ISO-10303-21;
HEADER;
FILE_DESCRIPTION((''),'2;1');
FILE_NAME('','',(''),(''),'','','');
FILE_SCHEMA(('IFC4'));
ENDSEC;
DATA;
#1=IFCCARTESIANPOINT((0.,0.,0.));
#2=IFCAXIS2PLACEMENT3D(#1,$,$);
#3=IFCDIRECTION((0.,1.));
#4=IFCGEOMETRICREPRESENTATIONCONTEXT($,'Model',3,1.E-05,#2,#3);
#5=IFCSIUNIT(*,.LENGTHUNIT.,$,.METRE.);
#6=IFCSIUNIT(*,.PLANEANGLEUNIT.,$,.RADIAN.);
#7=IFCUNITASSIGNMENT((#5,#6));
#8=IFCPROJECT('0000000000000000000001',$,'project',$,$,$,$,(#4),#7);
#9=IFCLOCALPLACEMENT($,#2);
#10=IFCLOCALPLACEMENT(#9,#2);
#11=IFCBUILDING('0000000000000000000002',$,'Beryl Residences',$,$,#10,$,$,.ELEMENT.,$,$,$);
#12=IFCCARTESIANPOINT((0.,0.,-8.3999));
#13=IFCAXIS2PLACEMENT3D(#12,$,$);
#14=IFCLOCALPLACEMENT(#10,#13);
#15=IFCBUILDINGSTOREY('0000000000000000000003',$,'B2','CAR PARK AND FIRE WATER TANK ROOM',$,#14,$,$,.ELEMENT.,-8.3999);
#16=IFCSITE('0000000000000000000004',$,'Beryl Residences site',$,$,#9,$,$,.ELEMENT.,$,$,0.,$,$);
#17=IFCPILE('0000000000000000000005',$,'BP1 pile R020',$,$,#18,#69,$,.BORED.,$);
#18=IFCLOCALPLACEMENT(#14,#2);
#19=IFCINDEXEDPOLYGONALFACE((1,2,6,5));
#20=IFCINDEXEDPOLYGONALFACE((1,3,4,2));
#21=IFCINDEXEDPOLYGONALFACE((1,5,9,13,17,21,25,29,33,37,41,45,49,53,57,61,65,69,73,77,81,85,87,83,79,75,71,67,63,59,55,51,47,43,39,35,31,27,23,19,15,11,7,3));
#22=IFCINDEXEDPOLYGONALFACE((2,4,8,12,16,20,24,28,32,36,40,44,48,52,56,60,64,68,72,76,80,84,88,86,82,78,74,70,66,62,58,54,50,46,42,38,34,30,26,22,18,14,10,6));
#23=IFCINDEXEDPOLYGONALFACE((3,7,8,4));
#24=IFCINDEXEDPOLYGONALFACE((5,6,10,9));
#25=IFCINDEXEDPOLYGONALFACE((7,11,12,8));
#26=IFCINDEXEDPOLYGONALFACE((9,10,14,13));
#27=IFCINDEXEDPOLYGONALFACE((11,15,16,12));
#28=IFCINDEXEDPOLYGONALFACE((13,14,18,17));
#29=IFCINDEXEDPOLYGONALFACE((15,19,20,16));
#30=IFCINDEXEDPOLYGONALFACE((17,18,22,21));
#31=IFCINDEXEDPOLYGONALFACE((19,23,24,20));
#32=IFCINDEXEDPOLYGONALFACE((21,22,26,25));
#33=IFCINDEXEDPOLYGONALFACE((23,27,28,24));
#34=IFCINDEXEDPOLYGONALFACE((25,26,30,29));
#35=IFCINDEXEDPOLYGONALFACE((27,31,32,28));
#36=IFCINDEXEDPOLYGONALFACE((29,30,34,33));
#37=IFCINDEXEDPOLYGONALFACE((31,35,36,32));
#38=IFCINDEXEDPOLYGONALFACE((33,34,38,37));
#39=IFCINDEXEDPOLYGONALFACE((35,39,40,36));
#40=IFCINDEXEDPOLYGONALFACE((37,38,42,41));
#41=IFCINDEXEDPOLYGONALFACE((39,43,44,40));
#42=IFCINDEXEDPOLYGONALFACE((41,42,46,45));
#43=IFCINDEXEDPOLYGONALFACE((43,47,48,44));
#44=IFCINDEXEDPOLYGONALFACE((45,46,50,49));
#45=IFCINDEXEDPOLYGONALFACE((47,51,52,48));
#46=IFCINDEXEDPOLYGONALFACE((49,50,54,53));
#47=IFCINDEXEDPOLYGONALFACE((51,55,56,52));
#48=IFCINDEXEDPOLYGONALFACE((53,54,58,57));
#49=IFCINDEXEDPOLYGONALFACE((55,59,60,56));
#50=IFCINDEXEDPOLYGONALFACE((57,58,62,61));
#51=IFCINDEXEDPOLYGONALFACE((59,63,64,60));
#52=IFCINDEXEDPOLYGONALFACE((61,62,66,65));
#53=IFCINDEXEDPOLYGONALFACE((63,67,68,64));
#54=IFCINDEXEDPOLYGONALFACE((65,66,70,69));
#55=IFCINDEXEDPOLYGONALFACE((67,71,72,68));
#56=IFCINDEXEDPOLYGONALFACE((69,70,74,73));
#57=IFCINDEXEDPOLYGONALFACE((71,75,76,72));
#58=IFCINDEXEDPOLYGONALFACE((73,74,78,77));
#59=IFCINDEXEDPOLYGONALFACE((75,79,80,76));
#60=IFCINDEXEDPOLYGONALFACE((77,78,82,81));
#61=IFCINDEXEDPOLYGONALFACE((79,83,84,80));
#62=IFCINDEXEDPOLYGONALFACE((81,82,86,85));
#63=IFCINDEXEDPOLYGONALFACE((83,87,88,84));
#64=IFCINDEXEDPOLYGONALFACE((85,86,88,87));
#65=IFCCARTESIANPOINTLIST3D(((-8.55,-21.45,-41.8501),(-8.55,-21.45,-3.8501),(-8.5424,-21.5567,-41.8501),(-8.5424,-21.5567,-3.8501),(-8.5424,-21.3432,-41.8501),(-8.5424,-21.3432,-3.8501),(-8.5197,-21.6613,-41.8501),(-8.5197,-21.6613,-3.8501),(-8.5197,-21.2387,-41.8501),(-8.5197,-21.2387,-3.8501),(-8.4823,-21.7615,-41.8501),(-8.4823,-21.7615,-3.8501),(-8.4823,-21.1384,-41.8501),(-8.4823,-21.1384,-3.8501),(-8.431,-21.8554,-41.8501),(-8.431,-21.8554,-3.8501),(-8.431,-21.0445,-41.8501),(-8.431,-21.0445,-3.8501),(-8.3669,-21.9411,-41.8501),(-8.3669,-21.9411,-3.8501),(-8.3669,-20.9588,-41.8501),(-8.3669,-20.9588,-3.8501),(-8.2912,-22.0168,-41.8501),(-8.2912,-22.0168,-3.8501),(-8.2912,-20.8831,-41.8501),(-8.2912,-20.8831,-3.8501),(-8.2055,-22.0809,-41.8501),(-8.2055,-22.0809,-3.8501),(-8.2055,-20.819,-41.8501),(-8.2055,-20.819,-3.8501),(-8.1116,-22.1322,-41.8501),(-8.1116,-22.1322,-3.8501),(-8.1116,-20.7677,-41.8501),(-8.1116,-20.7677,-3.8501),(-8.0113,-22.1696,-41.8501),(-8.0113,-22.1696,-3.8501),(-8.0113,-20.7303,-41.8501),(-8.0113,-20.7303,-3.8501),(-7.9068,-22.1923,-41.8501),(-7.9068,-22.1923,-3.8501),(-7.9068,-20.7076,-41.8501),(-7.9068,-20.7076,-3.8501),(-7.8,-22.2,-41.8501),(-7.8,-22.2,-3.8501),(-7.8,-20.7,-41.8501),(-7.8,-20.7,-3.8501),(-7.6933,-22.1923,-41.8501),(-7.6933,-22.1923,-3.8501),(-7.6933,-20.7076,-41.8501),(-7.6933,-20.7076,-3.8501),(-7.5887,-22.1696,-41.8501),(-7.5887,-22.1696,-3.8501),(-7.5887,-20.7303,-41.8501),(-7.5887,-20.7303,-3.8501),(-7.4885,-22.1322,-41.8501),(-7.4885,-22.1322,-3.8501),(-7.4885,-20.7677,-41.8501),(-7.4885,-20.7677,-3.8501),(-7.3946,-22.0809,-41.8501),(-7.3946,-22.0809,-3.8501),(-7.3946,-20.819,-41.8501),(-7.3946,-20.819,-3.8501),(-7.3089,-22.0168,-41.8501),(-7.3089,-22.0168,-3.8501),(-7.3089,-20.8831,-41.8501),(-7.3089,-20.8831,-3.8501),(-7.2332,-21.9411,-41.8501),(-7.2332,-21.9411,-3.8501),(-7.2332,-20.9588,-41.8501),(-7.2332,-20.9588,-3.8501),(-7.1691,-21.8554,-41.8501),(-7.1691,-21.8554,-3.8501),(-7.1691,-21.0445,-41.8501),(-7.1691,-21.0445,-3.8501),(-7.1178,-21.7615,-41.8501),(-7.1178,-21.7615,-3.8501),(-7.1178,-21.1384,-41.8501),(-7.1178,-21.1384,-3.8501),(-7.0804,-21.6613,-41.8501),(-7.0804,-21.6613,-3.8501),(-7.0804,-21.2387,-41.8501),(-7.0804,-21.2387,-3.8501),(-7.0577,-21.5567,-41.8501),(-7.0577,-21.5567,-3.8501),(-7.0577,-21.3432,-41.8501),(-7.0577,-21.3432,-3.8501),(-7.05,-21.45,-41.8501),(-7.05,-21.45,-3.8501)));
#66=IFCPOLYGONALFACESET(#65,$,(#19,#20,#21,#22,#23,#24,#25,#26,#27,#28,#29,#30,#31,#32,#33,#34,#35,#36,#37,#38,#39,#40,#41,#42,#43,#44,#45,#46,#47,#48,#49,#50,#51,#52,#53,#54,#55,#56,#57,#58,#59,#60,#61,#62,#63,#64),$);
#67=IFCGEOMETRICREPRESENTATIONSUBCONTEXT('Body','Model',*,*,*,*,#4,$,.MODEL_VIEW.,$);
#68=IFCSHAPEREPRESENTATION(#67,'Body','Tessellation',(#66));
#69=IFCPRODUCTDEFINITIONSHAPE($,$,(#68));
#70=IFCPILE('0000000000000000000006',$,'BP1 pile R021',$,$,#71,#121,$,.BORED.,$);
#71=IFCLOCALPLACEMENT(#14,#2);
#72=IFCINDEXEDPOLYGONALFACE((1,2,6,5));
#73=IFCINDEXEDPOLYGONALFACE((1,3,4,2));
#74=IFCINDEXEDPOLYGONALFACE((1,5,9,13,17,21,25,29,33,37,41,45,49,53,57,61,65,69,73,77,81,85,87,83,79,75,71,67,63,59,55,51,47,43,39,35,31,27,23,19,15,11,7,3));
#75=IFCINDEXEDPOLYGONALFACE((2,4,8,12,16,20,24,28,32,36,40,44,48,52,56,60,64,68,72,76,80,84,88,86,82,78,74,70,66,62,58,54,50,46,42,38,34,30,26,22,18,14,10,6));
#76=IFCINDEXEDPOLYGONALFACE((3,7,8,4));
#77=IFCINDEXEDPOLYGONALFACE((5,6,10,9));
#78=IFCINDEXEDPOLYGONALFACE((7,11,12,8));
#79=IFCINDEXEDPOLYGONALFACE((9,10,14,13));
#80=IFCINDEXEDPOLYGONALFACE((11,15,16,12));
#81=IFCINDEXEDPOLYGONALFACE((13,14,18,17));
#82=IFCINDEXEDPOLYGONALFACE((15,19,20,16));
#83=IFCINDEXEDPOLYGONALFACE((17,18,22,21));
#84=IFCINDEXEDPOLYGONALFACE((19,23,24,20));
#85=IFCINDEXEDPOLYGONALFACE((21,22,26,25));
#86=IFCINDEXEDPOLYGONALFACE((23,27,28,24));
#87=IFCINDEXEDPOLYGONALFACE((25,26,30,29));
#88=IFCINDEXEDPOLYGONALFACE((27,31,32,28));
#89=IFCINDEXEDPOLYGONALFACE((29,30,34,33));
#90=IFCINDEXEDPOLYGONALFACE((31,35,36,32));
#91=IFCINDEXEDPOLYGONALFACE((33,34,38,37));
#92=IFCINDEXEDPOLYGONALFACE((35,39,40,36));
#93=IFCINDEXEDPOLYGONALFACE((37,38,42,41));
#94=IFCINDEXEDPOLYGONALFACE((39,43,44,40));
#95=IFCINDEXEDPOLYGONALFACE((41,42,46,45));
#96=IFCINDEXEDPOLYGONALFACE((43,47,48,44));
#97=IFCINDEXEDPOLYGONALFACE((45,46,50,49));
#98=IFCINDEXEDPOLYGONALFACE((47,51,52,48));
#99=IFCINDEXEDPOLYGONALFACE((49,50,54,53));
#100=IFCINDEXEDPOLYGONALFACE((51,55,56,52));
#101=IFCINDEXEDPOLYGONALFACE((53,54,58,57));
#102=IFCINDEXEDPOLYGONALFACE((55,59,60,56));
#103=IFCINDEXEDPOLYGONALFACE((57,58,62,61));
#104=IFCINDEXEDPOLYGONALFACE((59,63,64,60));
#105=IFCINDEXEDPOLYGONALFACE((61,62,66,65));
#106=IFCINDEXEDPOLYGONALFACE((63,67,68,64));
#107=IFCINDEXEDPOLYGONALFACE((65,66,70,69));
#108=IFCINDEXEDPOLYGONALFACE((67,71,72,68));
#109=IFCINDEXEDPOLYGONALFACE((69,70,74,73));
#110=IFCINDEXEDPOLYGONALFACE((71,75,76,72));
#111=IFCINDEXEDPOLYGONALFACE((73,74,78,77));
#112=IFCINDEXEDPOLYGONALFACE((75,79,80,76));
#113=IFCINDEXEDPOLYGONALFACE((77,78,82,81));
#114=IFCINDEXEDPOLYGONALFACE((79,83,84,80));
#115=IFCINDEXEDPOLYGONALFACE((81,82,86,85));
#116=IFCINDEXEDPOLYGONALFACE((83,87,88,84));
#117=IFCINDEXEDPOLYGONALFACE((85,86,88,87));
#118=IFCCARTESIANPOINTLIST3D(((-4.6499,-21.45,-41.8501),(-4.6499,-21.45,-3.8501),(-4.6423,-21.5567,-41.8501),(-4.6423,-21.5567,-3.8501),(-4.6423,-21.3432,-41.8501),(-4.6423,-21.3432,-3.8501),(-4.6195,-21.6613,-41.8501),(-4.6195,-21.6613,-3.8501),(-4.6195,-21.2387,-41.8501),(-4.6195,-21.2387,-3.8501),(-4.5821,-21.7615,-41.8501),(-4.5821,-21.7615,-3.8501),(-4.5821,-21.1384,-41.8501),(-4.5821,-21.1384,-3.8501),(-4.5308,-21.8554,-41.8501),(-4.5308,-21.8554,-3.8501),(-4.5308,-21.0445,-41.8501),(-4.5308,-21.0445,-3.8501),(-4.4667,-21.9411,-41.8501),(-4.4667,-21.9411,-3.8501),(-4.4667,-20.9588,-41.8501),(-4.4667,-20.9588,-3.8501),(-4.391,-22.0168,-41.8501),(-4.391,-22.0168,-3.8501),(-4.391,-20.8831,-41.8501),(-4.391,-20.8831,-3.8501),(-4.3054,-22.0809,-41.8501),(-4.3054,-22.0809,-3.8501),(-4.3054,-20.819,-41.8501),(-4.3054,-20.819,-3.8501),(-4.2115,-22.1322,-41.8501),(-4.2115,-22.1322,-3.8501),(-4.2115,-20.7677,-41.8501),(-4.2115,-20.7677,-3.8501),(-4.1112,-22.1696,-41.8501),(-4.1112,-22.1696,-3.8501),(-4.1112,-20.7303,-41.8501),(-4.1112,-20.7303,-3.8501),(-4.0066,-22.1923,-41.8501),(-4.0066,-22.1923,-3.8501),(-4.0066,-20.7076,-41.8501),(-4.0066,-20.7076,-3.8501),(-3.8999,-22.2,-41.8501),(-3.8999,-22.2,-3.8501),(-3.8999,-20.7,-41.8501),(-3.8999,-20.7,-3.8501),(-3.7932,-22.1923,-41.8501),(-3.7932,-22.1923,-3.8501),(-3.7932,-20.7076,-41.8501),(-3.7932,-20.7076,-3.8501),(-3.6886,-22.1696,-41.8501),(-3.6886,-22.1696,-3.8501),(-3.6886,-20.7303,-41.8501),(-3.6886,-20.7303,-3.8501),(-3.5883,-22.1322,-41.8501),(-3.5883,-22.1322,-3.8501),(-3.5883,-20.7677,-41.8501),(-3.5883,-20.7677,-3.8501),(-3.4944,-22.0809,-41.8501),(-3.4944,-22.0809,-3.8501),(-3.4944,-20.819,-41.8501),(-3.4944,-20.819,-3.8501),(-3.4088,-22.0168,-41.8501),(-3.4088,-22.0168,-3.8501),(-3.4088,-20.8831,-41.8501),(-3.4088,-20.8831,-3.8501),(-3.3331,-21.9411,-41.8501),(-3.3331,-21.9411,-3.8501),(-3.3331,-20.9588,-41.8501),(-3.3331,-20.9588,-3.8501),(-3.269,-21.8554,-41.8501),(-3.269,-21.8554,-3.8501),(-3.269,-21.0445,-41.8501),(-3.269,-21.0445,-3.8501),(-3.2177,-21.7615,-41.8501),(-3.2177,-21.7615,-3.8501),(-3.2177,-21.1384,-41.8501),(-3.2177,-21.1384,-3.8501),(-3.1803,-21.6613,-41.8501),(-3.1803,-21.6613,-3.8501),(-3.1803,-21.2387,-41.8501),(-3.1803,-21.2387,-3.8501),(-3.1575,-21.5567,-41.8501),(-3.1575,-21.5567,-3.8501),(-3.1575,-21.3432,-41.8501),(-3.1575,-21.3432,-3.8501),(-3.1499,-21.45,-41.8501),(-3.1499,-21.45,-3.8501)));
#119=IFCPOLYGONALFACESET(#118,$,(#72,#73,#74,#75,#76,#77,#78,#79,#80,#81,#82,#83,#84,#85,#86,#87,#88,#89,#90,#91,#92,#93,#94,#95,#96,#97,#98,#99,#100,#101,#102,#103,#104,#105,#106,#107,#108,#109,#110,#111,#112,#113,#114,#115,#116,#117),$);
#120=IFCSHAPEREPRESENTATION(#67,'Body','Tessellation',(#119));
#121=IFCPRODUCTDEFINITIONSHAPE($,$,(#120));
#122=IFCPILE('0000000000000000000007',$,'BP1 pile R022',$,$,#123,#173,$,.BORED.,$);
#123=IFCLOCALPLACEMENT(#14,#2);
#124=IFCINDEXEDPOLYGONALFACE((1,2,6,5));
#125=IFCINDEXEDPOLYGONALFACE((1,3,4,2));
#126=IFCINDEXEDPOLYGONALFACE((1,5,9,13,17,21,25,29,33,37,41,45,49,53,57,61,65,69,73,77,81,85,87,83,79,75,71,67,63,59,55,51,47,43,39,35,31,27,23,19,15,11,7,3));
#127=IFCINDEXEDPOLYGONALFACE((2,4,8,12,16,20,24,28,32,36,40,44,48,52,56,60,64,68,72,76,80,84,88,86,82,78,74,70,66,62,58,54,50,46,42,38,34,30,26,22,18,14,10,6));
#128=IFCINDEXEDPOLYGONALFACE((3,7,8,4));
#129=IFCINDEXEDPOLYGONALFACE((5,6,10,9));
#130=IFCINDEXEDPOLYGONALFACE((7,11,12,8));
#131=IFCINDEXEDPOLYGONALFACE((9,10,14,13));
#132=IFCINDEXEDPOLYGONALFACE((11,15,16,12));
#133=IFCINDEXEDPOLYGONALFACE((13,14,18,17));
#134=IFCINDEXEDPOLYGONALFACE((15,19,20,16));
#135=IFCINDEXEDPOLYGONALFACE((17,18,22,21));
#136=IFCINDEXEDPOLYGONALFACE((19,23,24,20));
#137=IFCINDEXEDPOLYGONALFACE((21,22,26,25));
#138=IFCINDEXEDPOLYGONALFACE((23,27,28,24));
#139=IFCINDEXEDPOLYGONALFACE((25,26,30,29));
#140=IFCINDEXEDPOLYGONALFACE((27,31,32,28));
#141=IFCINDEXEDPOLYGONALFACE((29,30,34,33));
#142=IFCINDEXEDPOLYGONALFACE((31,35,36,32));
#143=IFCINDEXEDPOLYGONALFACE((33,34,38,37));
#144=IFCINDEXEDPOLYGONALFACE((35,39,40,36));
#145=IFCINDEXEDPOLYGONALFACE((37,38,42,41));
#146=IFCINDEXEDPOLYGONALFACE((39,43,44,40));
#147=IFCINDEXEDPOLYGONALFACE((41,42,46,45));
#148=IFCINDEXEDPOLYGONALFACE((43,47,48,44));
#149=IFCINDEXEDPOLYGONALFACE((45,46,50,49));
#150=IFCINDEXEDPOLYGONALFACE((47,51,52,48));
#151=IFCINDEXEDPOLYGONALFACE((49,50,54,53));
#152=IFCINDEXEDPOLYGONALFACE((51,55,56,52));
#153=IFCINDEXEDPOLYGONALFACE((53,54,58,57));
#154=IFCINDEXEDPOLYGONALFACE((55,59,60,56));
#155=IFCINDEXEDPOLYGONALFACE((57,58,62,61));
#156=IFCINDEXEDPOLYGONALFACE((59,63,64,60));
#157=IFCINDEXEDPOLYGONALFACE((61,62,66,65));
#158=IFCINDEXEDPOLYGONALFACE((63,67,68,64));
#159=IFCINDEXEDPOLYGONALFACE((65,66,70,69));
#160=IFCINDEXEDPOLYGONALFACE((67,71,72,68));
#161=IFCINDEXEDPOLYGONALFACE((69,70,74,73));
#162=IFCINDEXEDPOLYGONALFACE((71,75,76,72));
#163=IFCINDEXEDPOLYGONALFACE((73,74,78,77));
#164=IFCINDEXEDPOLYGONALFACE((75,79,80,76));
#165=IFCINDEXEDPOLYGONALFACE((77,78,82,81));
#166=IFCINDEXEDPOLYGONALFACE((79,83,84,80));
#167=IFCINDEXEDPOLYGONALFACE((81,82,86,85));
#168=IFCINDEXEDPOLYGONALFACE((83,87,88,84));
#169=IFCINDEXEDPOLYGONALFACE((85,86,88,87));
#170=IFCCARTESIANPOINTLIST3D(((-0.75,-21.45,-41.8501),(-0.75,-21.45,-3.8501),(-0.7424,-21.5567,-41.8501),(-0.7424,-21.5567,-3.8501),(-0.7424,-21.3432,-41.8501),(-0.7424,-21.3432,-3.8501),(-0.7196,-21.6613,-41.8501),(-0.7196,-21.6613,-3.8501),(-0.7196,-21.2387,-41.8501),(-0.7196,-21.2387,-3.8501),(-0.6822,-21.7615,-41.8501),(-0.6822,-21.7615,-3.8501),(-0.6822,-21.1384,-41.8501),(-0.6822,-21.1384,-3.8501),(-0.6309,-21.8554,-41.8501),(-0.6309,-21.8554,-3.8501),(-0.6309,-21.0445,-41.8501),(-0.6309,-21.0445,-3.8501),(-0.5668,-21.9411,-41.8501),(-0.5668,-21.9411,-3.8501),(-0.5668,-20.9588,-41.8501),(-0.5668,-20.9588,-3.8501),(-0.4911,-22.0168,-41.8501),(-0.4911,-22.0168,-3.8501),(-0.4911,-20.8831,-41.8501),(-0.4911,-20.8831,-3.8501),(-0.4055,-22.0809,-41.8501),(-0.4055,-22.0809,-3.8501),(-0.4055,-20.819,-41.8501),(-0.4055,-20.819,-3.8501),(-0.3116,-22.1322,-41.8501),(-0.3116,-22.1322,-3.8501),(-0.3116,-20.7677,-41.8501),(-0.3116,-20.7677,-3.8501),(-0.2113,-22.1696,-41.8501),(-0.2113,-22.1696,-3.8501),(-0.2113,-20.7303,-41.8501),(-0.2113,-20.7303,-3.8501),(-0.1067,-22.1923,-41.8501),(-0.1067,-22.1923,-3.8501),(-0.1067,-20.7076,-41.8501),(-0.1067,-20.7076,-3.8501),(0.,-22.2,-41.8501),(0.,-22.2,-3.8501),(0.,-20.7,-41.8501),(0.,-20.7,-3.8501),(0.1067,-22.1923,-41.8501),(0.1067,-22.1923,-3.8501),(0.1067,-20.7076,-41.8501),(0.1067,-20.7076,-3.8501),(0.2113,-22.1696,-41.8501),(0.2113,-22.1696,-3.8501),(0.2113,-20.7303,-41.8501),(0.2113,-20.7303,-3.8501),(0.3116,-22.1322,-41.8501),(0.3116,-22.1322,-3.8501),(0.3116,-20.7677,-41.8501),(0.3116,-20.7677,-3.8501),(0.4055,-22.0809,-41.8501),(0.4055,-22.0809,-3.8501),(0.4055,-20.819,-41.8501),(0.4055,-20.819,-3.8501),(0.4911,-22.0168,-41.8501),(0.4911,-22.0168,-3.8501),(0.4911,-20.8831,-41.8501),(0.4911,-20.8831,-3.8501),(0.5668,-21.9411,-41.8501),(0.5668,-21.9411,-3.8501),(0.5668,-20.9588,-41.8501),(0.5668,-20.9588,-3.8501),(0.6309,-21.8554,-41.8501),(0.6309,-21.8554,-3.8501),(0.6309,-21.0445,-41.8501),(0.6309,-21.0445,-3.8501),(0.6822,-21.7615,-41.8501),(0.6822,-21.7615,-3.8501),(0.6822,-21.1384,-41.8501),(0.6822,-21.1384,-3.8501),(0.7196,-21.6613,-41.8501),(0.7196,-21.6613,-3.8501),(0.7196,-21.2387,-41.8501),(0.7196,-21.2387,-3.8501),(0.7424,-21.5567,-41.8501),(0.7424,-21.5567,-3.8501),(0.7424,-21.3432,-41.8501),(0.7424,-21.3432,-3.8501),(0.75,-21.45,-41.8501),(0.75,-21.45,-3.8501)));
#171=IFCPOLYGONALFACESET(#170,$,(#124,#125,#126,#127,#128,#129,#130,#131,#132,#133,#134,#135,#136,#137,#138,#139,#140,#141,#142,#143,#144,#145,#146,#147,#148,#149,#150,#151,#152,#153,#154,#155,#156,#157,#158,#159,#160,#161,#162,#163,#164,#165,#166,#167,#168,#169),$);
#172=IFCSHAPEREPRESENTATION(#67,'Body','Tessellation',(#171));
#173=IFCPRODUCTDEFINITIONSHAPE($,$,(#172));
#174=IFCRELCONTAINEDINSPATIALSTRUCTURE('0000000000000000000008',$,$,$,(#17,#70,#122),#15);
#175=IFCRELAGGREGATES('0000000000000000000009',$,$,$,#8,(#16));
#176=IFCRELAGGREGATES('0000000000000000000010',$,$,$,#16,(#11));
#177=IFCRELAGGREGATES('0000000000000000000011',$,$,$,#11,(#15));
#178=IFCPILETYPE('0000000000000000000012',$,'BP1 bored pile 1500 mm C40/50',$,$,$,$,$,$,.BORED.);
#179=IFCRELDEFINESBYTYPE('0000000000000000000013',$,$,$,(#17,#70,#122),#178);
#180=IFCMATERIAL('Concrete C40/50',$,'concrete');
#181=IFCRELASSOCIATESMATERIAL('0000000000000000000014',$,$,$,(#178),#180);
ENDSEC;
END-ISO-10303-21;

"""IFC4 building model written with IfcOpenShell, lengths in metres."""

from ifc_helpers import new_model, si_unit, direction, frame, origin, origin_2d, place, context, subcontext, project, spatial, circle, extrude, material, material_profile, profile_set, type_object, element, save


model = new_model("IFC4")

# Units and contexts
model_context = context("Model", 3, precision=1e-05, world=origin(), true_north=direction((0.0, 1.0)))
body_context = subcontext(model_context, "Body", "Model", "MODEL_VIEW")
ifc_project = project(units=[si_unit("LENGTHUNIT", "METRE"), si_unit("PLANEANGLEUNIT", "RADIAN")], contexts=[model_context])

# Site, building, storey
site_placement = place(None, origin())
site = spatial("IfcSite", under=ifc_project, at=site_placement, Name="Beryl Residences site", CompositionType="ELEMENT", RefElevation=0.0)
building_placement = place(site_placement, origin())
building = spatial("IfcBuilding", under=site, at=building_placement, Name="Beryl Residences", CompositionType="ELEMENT")
storey_placement = place(building_placement, frame((0.0, 0.0, -8.3999)))
storey = spatial("IfcBuildingStorey", under=building, at=storey_placement, Name="B2", Description="CAR PARK AND FIRE WATER TANK ROOM", CompositionType="ELEMENT", Elevation=-8.3999)

# Piles
ifc_material_1 = material(Name="Concrete C40/50", Category="concrete")
ifc_material_profile_1 = material_profile(ifc_material_1, circle(Radius=0.75, at=origin_2d()))
ifc_profile_set_1 = profile_set([ifc_material_profile_1], Name="Concrete C40/50")
pile_type_1 = type_object("IfcPileType", Name="BP1 bored pile 1500 mm C40/50", PredefinedType="BORED", material=ifc_profile_set_1)
for number, where, z_axis, x_axis, name in (
    (1, (-7.8, -21.45, -3.8501), (0.0, 0.0, -1.0), (1.0, 0.0, 0.0), "BP1 pile R020"),
    (2, (-3.8999, -21.45, -3.8501), (0.0, 0.0, -1.0), (1.0, 0.0, 0.0), "BP1 pile R021"),
    (3, (0.0, -21.45, -3.8501), (0.0, 0.0, -1.0), (1.0, 0.0, 0.0), "BP1 pile R022"),
):
    element("IfcPile", number, at=place(storey_placement, frame(where, z_axis=z_axis, x_axis=x_axis)), inside=storey, type_object=pile_type_1, Name=name, PredefinedType="BORED", context=body_context, shape_type="SweptSolid", body=[
        extrude(circle(Radius=0.75, at=origin_2d()), origin(), (0.0, 0.0, 1.0), 38.0),
    ])

save(model, "model.ifc")
